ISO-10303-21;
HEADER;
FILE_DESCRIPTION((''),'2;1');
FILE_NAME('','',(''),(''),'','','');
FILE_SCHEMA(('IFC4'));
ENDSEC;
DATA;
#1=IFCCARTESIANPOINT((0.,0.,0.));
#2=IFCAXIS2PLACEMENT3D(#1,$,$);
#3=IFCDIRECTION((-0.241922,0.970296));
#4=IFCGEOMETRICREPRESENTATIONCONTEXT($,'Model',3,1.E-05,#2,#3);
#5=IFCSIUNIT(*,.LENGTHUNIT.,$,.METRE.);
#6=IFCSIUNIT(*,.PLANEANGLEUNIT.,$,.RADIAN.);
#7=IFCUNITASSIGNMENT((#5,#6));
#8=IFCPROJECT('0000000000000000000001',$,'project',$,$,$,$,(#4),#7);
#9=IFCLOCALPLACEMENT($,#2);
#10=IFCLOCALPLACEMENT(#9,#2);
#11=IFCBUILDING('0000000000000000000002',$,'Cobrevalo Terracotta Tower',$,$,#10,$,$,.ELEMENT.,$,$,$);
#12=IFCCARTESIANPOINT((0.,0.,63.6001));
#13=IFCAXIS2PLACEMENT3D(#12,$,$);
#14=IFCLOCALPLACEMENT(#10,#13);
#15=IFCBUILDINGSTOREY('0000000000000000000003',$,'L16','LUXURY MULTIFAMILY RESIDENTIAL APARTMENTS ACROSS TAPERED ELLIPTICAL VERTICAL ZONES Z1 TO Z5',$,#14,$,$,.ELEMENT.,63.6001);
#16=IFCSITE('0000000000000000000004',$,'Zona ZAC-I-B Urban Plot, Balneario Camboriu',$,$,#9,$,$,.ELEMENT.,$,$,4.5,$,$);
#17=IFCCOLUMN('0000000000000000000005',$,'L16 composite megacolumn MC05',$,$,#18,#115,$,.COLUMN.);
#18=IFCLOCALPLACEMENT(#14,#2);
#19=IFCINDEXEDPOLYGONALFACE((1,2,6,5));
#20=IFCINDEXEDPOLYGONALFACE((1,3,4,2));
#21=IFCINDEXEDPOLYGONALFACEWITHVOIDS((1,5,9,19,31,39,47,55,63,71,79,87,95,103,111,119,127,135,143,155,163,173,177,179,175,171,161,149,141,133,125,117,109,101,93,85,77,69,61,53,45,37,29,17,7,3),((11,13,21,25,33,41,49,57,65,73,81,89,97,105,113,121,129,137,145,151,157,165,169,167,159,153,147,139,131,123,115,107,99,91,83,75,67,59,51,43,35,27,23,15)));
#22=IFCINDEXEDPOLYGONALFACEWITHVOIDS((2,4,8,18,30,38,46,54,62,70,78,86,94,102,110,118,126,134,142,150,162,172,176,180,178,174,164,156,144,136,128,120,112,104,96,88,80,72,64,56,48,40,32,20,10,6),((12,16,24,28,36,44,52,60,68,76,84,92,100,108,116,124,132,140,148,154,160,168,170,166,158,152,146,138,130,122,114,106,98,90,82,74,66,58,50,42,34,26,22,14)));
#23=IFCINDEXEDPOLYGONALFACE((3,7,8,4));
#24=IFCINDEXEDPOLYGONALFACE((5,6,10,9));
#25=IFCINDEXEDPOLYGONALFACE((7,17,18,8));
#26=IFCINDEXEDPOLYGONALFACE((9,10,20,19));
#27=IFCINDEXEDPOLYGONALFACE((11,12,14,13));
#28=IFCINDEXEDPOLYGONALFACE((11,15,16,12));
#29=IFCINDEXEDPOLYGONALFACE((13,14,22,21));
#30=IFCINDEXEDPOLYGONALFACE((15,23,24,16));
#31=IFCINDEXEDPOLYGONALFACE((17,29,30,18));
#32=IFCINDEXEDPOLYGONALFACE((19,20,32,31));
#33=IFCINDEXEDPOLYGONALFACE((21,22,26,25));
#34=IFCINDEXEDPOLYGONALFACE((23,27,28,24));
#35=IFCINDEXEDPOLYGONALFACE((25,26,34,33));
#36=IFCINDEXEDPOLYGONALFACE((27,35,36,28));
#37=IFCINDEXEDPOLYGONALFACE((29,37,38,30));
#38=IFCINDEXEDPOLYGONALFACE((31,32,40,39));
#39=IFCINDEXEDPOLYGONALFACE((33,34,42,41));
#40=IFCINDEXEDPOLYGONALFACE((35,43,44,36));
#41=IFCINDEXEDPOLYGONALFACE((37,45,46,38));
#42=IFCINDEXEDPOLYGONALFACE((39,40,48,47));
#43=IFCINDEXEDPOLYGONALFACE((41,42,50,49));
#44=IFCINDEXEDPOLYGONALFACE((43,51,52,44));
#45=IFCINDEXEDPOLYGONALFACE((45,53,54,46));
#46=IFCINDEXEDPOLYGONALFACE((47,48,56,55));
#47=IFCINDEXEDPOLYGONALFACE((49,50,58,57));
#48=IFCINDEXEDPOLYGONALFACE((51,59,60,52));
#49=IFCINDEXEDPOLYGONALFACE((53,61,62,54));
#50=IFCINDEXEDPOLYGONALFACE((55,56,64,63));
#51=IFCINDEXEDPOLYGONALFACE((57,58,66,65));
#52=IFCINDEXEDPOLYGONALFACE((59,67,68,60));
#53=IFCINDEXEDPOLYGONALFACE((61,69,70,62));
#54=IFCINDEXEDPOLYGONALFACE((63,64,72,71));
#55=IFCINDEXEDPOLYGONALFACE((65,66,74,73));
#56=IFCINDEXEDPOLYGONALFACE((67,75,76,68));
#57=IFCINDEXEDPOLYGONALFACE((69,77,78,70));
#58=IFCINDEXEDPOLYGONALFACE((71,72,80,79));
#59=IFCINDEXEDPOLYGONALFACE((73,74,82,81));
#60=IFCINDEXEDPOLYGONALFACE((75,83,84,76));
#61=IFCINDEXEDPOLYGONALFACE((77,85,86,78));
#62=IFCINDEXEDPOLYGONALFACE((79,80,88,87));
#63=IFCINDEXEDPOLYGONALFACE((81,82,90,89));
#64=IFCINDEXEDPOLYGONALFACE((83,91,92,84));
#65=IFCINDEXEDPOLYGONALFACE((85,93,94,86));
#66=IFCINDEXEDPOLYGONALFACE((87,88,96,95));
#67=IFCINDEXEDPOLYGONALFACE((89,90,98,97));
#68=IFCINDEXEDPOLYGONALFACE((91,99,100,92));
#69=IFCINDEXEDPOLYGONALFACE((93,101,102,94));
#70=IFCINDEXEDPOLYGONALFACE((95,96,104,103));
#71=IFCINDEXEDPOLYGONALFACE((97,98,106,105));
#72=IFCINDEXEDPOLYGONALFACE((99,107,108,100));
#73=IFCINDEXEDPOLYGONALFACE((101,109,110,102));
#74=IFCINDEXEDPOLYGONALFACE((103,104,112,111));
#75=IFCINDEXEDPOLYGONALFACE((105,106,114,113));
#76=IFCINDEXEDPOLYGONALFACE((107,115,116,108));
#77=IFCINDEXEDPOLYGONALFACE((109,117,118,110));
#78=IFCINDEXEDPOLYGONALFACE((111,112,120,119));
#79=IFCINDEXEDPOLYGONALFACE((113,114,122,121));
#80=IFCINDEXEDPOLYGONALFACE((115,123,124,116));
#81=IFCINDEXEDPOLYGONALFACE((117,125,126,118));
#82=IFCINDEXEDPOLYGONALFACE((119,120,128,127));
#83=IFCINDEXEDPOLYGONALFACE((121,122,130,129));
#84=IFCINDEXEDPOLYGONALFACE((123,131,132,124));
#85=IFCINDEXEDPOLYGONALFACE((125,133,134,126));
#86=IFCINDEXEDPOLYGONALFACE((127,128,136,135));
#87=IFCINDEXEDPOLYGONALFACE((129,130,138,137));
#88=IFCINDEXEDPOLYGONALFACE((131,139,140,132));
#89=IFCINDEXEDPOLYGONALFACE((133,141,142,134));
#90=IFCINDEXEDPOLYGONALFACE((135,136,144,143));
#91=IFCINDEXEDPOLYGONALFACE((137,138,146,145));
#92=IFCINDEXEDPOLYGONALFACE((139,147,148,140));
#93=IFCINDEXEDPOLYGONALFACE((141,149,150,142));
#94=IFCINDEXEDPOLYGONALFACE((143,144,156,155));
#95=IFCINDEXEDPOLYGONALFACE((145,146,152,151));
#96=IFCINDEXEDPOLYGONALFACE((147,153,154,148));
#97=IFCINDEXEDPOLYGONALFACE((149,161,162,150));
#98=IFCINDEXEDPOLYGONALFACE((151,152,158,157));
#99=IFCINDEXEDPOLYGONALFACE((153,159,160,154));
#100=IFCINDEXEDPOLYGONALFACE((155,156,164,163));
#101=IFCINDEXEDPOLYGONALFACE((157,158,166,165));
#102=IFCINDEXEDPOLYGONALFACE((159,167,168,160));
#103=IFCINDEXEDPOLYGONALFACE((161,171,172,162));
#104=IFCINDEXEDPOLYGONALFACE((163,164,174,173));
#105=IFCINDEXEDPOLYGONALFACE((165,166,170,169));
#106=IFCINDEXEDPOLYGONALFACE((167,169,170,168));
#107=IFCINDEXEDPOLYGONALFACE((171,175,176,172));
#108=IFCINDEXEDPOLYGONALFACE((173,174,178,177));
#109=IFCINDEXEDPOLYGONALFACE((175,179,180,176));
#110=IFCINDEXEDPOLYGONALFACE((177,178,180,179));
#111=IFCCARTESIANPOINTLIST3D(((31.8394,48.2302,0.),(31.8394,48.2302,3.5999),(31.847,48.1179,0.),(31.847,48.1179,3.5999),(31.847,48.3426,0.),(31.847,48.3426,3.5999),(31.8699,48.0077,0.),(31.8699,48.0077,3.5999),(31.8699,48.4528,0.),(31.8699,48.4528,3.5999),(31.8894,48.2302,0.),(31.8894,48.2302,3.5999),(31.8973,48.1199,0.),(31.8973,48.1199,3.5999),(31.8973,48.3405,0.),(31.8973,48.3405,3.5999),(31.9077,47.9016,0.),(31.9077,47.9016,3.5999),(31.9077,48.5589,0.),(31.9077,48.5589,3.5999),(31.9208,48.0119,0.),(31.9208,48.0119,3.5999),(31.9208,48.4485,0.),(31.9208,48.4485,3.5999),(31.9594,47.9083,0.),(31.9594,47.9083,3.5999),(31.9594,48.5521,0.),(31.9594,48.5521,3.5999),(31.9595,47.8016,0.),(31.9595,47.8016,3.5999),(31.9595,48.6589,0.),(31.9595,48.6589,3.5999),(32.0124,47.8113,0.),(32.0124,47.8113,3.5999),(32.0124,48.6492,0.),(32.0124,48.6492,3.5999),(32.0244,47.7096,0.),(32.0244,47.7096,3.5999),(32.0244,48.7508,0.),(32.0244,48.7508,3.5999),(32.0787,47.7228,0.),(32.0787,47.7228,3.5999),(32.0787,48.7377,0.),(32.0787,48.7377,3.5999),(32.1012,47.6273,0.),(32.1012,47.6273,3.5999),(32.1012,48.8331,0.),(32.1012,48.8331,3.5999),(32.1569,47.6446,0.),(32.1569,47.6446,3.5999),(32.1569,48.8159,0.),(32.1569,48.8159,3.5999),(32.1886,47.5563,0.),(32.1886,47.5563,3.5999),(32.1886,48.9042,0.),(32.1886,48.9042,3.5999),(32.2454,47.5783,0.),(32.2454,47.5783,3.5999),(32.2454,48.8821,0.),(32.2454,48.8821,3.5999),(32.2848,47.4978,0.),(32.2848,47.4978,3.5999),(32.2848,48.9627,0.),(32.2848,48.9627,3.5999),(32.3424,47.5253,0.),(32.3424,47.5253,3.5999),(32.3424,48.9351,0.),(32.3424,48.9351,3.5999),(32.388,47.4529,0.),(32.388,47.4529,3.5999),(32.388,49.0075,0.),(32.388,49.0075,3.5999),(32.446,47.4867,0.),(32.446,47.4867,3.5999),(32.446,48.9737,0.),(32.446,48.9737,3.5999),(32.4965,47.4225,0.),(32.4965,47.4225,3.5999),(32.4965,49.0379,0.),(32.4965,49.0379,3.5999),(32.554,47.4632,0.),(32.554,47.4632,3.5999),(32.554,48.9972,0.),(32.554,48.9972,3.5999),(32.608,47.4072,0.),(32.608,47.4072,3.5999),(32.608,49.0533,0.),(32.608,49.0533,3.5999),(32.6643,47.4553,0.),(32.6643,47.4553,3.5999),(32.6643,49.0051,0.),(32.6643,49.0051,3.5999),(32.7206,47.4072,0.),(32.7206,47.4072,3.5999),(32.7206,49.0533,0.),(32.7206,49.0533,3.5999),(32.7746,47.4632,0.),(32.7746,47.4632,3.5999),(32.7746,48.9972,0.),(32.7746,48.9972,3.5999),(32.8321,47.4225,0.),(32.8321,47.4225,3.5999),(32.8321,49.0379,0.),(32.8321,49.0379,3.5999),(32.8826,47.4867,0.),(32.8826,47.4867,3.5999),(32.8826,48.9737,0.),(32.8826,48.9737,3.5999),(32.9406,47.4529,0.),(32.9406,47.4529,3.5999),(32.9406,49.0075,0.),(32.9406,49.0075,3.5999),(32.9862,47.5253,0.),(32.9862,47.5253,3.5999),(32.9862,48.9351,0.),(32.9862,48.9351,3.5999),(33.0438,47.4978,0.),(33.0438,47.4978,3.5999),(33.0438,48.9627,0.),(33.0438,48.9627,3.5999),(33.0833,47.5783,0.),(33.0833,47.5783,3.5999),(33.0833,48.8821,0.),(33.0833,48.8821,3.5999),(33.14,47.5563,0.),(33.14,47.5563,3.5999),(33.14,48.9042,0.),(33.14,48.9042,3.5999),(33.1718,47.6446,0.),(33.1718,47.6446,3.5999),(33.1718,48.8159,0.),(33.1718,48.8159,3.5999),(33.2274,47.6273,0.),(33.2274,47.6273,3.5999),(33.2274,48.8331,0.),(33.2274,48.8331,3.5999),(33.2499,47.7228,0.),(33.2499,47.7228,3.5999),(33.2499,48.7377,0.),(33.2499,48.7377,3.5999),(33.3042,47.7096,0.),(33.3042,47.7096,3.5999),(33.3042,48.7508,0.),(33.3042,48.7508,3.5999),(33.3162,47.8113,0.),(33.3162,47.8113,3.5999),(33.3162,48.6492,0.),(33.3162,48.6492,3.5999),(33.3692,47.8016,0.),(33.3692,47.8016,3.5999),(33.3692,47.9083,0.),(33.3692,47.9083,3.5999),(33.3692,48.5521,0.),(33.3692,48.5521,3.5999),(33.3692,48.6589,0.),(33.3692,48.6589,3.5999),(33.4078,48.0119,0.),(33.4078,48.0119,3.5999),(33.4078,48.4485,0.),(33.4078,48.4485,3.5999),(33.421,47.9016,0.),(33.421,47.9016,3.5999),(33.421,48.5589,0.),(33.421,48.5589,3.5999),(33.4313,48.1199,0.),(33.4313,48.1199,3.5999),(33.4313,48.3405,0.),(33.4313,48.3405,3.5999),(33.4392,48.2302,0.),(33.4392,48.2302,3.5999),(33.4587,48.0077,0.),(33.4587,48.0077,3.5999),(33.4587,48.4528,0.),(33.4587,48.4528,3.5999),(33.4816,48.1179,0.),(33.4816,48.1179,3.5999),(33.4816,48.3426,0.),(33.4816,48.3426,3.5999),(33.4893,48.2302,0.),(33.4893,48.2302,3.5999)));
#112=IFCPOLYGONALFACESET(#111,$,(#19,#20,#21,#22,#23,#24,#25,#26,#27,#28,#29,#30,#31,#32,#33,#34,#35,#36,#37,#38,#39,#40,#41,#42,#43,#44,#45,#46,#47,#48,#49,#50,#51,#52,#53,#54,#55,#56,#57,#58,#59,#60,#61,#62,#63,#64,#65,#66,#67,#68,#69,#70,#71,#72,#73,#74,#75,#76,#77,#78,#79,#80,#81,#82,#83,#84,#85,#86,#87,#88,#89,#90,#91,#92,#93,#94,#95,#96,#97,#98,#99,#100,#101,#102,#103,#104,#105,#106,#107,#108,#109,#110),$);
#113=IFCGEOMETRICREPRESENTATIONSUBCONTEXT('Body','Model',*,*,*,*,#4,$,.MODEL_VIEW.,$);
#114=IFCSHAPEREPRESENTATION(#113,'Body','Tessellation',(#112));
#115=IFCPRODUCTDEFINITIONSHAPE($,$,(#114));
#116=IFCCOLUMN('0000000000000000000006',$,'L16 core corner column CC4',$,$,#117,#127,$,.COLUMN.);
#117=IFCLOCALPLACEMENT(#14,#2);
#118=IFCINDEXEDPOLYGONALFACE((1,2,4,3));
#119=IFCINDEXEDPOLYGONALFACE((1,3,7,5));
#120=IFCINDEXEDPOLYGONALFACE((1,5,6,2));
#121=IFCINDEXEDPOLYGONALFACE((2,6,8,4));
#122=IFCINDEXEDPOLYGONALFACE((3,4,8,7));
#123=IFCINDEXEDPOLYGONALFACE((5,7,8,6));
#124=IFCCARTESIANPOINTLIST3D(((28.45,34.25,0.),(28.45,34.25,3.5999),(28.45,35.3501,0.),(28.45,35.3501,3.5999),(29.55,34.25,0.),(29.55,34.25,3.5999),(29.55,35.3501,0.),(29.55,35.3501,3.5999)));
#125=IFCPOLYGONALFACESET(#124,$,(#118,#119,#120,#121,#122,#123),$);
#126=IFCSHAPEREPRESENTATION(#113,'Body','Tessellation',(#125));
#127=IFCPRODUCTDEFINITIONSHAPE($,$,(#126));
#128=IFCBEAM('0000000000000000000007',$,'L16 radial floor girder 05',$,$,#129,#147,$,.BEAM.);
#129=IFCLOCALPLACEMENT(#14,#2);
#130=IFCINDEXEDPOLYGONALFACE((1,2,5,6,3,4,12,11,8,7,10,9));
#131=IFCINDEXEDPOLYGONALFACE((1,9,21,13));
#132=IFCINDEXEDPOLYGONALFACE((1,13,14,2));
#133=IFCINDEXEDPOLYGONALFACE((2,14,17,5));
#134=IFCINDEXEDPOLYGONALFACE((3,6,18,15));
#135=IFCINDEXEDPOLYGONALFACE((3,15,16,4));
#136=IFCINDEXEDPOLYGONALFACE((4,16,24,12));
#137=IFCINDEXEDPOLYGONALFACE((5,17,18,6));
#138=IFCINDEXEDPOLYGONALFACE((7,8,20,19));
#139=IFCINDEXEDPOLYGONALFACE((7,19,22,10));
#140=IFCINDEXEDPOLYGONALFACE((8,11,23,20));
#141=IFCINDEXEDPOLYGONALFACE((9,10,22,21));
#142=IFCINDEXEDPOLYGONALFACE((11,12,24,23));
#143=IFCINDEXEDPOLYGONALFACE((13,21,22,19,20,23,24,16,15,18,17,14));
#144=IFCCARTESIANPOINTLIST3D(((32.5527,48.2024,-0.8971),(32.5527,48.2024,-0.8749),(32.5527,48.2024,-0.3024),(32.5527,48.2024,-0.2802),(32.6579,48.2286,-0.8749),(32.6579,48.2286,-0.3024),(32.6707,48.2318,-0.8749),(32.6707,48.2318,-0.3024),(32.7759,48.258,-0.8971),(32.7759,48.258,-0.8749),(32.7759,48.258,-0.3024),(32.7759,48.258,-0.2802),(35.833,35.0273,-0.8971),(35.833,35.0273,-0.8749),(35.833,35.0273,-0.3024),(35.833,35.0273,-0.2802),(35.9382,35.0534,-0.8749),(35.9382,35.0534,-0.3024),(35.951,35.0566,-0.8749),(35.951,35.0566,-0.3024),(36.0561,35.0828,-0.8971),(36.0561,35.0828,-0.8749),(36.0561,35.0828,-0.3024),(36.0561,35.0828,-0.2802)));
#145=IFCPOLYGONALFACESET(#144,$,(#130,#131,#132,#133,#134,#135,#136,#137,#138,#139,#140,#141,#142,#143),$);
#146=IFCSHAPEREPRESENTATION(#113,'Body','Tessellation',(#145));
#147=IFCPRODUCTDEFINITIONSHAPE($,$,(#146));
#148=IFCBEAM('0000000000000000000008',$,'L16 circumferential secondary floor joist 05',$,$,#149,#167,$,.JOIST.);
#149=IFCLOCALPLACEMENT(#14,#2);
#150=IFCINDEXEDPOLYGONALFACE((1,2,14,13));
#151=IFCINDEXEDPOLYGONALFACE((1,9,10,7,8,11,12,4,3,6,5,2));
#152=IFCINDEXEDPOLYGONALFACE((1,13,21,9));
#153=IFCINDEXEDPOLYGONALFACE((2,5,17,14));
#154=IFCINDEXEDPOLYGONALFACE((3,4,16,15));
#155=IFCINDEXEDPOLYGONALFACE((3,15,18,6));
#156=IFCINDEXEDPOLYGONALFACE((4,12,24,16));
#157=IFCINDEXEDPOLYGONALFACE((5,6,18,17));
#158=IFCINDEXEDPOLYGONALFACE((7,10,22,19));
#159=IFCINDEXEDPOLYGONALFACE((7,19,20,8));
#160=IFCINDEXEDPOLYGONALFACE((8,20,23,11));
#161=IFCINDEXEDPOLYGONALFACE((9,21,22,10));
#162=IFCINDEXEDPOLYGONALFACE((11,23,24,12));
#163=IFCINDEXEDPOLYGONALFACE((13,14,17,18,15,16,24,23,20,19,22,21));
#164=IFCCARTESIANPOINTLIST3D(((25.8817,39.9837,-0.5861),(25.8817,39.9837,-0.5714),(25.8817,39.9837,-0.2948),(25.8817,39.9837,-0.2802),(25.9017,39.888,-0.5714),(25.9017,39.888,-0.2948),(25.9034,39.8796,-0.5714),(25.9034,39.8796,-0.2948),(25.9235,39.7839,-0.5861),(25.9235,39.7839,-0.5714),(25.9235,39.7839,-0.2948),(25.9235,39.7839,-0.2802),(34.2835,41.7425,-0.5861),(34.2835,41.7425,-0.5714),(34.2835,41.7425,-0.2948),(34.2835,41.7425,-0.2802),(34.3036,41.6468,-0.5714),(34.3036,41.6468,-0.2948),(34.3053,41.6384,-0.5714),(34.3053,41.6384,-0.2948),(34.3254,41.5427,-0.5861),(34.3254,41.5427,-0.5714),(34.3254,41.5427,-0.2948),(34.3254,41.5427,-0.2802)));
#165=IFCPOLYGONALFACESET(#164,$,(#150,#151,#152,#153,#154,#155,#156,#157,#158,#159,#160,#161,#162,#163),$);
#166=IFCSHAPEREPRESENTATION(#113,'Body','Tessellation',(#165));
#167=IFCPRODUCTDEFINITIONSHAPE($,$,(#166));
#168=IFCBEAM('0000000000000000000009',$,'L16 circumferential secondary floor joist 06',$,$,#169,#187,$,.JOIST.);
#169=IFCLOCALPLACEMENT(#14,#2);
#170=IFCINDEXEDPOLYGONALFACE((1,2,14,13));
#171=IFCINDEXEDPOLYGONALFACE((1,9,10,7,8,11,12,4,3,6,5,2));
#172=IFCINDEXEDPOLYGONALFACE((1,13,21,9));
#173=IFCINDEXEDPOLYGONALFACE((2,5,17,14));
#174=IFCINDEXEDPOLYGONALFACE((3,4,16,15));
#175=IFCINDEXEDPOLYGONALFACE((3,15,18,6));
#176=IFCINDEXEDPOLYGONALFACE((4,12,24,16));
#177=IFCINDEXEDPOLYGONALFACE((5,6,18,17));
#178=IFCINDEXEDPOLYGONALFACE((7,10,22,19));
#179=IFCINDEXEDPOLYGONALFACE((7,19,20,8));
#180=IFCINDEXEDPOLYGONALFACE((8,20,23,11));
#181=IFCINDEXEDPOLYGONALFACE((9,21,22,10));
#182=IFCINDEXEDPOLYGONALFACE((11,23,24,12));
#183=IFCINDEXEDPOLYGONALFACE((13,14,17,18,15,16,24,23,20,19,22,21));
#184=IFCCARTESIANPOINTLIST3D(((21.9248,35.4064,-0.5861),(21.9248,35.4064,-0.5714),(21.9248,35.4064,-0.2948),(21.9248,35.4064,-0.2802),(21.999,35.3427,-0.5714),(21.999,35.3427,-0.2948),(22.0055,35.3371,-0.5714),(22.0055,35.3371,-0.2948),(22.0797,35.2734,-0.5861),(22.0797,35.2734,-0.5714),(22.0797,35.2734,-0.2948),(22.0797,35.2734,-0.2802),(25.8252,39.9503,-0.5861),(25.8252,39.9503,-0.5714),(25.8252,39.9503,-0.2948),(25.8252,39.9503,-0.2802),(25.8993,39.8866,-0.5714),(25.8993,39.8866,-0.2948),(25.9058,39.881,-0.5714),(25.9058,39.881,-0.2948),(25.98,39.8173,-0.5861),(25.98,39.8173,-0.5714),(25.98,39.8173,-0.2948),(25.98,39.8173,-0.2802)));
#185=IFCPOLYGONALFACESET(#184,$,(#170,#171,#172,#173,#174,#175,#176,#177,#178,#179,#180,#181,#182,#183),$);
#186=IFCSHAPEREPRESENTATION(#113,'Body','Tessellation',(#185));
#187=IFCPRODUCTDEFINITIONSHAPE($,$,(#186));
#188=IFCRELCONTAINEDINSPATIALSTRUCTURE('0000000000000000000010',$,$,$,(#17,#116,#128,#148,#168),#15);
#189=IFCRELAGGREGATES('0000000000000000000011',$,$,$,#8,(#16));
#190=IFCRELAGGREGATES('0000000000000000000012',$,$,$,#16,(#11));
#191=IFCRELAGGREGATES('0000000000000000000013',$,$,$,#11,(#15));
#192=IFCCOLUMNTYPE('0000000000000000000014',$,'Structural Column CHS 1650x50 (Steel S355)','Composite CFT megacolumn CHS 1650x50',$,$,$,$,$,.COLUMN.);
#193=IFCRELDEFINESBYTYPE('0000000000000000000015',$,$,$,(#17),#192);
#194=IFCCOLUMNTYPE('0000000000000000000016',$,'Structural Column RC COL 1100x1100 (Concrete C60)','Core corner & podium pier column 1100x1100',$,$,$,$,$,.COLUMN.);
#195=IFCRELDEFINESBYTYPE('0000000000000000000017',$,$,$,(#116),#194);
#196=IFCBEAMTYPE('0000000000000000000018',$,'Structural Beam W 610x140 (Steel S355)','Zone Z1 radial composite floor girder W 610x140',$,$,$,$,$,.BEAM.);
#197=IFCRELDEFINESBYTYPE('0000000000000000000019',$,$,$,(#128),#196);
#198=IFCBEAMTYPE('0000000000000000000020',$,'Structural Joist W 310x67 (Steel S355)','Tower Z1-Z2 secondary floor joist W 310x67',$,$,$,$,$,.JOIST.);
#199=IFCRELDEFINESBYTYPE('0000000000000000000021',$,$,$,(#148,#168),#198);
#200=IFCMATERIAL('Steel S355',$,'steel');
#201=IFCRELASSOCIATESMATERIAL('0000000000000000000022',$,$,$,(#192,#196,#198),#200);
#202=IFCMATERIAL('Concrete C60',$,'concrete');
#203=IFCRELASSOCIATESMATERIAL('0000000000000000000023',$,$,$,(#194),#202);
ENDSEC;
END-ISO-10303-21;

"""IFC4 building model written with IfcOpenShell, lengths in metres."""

from ifc_helpers import new_model, si_unit, direction, frame, origin, origin_2d, place, context, subcontext, project, spatial, rectangle, hollow_circle, i_section, extrude, material, material_profile, profile_set, type_object, element, save


model = new_model("IFC4")

# Units and contexts
model_context = context("Model", 3, precision=1e-05, world=origin(), true_north=direction((-0.241922, 0.970296)))
body_context = subcontext(model_context, "Body", "Model", "MODEL_VIEW")
ifc_project = project(units=[si_unit("LENGTHUNIT", "METRE"), si_unit("PLANEANGLEUNIT", "RADIAN")], contexts=[model_context])

# Site, building, storey
site_placement = place(None, origin())
site = spatial("IfcSite", under=ifc_project, at=site_placement, Name="Zona ZAC-I-B Urban Plot, Balneario Camboriu", CompositionType="ELEMENT", RefElevation=4.5)
building_placement = place(site_placement, origin())
building = spatial("IfcBuilding", under=site, at=building_placement, Name="Cobrevalo Terracotta Tower", CompositionType="ELEMENT")
storey_placement = place(building_placement, frame((0.0, 0.0, 63.6001)))
storey = spatial("IfcBuildingStorey", under=building, at=storey_placement, Name="L16", Description="LUXURY MULTIFAMILY RESIDENTIAL APARTMENTS ACROSS TAPERED ELLIPTICAL VERTICAL ZONES Z1 TO Z5", CompositionType="ELEMENT", Elevation=63.6001)

# Columns
ifc_material_1 = material(Name="Steel S355", Category="steel")
ifc_material_profile_1 = material_profile(ifc_material_1, hollow_circle(Radius=0.825, WallThickness=0.05, at=origin_2d()), Name="CHS 1650x50")
ifc_profile_set_1 = profile_set([ifc_material_profile_1], Name="Steel S355")
column_type_1 = type_object("IfcColumnType", Name="Structural Column CHS 1650x50 (Steel S355)", Description="Composite CFT megacolumn CHS 1650x50", PredefinedType="COLUMN", material=ifc_profile_set_1)
column_1_placement = place(storey_placement, frame((32.6643, 48.2302, 0.0), z_axis=(0.0, 0.0, 1.0), x_axis=(1.0, 0.0, 0.0)))
element("IfcColumn", 1, at=column_1_placement, inside=storey, type_object=column_type_1, Name="L16 composite megacolumn MC05", PredefinedType="COLUMN", context=body_context, shape_type="SweptSolid", body=[
    extrude(hollow_circle(Radius=0.825, WallThickness=0.05, at=origin_2d()), origin(), (0.0, 0.0, 1.0), 3.5999),
])
ifc_material_2 = material(Name="Concrete C60", Category="concrete")
ifc_material_profile_2 = material_profile(ifc_material_2, rectangle(XDim=1.1001, YDim=1.1001, at=origin_2d()), Name="RC COL 1100x1100")
ifc_profile_set_2 = profile_set([ifc_material_profile_2], Name="Concrete C60")
column_type_2 = type_object("IfcColumnType", Name="Structural Column RC COL 1100x1100 (Concrete C60)", Description="Core corner & podium pier column 1100x1100", PredefinedType="COLUMN", material=ifc_profile_set_2)
column_2_placement = place(storey_placement, frame((29.0, 34.8, 0.0), z_axis=(0.0, 0.0, 1.0), x_axis=(1.0, 0.0, 0.0)))
element("IfcColumn", 2, at=column_2_placement, inside=storey, type_object=column_type_2, Name="L16 core corner column CC4", PredefinedType="COLUMN", context=body_context, shape_type="SweptSolid", body=[
    extrude(rectangle(XDim=1.1001, YDim=1.1001, at=origin_2d()), origin(), (0.0, 0.0, 1.0), 3.5999),
])

# Beams
ifc_material_profile_3 = material_profile(ifc_material_1, i_section(OverallWidth=0.23, OverallDepth=0.6169, WebThickness=0.0132, FlangeThickness=0.0222, at=origin_2d()), Name="W 610x140")
ifc_profile_set_3 = profile_set([ifc_material_profile_3], Name="Steel S355")
beam_type_1 = type_object("IfcBeamType", Name="Structural Beam W 610x140 (Steel S355)", Description="Zone Z1 radial composite floor girder W 610x140", PredefinedType="BEAM", material=ifc_profile_set_3)
beam_1_placement = place(storey_placement, frame((32.6643, 48.2302, -0.5886), z_axis=(0.241596, -0.970377, 0.0), x_axis=(0.970377, 0.241596, 0.0)))
element("IfcBeam", 3, at=beam_1_placement, inside=storey, type_object=beam_type_1, Name="L16 radial floor girder 05", PredefinedType="BEAM", context=body_context, shape_type="SweptSolid", body=[
    extrude(i_section(OverallWidth=0.23, OverallDepth=0.6169, WebThickness=0.0132, FlangeThickness=0.0222, at=origin_2d()), origin(), (0.0, 0.0, 1.0), 13.5774),
])
ifc_material_profile_4 = material_profile(ifc_material_1, i_section(OverallWidth=0.2041, OverallDepth=0.3059, WebThickness=0.0085, FlangeThickness=0.0146, at=origin_2d()), Name="W 310x67")
ifc_profile_set_4 = profile_set([ifc_material_profile_4], Name="Steel S355")
beam_type_2 = type_object("IfcBeamType", Name="Structural Joist W 310x67 (Steel S355)", Description="Tower Z1-Z2 secondary floor joist W 310x67", PredefinedType="JOIST", material=ifc_profile_set_4)
beam_2_placement = place(storey_placement, frame((34.3044, 41.6426, -0.4331), z_axis=(-0.978785, -0.204892, 0.0), x_axis=(0.204892, -0.978785, 0.0)))
element("IfcBeam", 4, at=beam_2_placement, inside=storey, type_object=beam_type_2, Name="L16 circumferential secondary floor joist 05", PredefinedType="JOIST", context=body_context, shape_type="SweptSolid", body=[
    extrude(i_section(OverallWidth=0.2041, OverallDepth=0.3059, WebThickness=0.0085, FlangeThickness=0.0146, at=origin_2d()), origin(), (0.0, 0.0, 1.0), 8.584),
])
beam_3_placement = place(storey_placement, frame((25.9026, 39.8838, -0.4331), z_axis=(-0.651328, -0.758796, 0.0), x_axis=(0.758796, -0.651328, 0.0)))
element("IfcBeam", 5, at=beam_3_placement, inside=storey, type_object=beam_type_2, Name="L16 circumferential secondary floor joist 06", PredefinedType="JOIST", context=body_context, shape_type="SweptSolid", body=[
    extrude(i_section(OverallWidth=0.2041, OverallDepth=0.3059, WebThickness=0.0085, FlangeThickness=0.0146, at=origin_2d()), origin(), (0.0, 0.0, 1.0), 5.9883),
])

save(model, "model.ifc")
